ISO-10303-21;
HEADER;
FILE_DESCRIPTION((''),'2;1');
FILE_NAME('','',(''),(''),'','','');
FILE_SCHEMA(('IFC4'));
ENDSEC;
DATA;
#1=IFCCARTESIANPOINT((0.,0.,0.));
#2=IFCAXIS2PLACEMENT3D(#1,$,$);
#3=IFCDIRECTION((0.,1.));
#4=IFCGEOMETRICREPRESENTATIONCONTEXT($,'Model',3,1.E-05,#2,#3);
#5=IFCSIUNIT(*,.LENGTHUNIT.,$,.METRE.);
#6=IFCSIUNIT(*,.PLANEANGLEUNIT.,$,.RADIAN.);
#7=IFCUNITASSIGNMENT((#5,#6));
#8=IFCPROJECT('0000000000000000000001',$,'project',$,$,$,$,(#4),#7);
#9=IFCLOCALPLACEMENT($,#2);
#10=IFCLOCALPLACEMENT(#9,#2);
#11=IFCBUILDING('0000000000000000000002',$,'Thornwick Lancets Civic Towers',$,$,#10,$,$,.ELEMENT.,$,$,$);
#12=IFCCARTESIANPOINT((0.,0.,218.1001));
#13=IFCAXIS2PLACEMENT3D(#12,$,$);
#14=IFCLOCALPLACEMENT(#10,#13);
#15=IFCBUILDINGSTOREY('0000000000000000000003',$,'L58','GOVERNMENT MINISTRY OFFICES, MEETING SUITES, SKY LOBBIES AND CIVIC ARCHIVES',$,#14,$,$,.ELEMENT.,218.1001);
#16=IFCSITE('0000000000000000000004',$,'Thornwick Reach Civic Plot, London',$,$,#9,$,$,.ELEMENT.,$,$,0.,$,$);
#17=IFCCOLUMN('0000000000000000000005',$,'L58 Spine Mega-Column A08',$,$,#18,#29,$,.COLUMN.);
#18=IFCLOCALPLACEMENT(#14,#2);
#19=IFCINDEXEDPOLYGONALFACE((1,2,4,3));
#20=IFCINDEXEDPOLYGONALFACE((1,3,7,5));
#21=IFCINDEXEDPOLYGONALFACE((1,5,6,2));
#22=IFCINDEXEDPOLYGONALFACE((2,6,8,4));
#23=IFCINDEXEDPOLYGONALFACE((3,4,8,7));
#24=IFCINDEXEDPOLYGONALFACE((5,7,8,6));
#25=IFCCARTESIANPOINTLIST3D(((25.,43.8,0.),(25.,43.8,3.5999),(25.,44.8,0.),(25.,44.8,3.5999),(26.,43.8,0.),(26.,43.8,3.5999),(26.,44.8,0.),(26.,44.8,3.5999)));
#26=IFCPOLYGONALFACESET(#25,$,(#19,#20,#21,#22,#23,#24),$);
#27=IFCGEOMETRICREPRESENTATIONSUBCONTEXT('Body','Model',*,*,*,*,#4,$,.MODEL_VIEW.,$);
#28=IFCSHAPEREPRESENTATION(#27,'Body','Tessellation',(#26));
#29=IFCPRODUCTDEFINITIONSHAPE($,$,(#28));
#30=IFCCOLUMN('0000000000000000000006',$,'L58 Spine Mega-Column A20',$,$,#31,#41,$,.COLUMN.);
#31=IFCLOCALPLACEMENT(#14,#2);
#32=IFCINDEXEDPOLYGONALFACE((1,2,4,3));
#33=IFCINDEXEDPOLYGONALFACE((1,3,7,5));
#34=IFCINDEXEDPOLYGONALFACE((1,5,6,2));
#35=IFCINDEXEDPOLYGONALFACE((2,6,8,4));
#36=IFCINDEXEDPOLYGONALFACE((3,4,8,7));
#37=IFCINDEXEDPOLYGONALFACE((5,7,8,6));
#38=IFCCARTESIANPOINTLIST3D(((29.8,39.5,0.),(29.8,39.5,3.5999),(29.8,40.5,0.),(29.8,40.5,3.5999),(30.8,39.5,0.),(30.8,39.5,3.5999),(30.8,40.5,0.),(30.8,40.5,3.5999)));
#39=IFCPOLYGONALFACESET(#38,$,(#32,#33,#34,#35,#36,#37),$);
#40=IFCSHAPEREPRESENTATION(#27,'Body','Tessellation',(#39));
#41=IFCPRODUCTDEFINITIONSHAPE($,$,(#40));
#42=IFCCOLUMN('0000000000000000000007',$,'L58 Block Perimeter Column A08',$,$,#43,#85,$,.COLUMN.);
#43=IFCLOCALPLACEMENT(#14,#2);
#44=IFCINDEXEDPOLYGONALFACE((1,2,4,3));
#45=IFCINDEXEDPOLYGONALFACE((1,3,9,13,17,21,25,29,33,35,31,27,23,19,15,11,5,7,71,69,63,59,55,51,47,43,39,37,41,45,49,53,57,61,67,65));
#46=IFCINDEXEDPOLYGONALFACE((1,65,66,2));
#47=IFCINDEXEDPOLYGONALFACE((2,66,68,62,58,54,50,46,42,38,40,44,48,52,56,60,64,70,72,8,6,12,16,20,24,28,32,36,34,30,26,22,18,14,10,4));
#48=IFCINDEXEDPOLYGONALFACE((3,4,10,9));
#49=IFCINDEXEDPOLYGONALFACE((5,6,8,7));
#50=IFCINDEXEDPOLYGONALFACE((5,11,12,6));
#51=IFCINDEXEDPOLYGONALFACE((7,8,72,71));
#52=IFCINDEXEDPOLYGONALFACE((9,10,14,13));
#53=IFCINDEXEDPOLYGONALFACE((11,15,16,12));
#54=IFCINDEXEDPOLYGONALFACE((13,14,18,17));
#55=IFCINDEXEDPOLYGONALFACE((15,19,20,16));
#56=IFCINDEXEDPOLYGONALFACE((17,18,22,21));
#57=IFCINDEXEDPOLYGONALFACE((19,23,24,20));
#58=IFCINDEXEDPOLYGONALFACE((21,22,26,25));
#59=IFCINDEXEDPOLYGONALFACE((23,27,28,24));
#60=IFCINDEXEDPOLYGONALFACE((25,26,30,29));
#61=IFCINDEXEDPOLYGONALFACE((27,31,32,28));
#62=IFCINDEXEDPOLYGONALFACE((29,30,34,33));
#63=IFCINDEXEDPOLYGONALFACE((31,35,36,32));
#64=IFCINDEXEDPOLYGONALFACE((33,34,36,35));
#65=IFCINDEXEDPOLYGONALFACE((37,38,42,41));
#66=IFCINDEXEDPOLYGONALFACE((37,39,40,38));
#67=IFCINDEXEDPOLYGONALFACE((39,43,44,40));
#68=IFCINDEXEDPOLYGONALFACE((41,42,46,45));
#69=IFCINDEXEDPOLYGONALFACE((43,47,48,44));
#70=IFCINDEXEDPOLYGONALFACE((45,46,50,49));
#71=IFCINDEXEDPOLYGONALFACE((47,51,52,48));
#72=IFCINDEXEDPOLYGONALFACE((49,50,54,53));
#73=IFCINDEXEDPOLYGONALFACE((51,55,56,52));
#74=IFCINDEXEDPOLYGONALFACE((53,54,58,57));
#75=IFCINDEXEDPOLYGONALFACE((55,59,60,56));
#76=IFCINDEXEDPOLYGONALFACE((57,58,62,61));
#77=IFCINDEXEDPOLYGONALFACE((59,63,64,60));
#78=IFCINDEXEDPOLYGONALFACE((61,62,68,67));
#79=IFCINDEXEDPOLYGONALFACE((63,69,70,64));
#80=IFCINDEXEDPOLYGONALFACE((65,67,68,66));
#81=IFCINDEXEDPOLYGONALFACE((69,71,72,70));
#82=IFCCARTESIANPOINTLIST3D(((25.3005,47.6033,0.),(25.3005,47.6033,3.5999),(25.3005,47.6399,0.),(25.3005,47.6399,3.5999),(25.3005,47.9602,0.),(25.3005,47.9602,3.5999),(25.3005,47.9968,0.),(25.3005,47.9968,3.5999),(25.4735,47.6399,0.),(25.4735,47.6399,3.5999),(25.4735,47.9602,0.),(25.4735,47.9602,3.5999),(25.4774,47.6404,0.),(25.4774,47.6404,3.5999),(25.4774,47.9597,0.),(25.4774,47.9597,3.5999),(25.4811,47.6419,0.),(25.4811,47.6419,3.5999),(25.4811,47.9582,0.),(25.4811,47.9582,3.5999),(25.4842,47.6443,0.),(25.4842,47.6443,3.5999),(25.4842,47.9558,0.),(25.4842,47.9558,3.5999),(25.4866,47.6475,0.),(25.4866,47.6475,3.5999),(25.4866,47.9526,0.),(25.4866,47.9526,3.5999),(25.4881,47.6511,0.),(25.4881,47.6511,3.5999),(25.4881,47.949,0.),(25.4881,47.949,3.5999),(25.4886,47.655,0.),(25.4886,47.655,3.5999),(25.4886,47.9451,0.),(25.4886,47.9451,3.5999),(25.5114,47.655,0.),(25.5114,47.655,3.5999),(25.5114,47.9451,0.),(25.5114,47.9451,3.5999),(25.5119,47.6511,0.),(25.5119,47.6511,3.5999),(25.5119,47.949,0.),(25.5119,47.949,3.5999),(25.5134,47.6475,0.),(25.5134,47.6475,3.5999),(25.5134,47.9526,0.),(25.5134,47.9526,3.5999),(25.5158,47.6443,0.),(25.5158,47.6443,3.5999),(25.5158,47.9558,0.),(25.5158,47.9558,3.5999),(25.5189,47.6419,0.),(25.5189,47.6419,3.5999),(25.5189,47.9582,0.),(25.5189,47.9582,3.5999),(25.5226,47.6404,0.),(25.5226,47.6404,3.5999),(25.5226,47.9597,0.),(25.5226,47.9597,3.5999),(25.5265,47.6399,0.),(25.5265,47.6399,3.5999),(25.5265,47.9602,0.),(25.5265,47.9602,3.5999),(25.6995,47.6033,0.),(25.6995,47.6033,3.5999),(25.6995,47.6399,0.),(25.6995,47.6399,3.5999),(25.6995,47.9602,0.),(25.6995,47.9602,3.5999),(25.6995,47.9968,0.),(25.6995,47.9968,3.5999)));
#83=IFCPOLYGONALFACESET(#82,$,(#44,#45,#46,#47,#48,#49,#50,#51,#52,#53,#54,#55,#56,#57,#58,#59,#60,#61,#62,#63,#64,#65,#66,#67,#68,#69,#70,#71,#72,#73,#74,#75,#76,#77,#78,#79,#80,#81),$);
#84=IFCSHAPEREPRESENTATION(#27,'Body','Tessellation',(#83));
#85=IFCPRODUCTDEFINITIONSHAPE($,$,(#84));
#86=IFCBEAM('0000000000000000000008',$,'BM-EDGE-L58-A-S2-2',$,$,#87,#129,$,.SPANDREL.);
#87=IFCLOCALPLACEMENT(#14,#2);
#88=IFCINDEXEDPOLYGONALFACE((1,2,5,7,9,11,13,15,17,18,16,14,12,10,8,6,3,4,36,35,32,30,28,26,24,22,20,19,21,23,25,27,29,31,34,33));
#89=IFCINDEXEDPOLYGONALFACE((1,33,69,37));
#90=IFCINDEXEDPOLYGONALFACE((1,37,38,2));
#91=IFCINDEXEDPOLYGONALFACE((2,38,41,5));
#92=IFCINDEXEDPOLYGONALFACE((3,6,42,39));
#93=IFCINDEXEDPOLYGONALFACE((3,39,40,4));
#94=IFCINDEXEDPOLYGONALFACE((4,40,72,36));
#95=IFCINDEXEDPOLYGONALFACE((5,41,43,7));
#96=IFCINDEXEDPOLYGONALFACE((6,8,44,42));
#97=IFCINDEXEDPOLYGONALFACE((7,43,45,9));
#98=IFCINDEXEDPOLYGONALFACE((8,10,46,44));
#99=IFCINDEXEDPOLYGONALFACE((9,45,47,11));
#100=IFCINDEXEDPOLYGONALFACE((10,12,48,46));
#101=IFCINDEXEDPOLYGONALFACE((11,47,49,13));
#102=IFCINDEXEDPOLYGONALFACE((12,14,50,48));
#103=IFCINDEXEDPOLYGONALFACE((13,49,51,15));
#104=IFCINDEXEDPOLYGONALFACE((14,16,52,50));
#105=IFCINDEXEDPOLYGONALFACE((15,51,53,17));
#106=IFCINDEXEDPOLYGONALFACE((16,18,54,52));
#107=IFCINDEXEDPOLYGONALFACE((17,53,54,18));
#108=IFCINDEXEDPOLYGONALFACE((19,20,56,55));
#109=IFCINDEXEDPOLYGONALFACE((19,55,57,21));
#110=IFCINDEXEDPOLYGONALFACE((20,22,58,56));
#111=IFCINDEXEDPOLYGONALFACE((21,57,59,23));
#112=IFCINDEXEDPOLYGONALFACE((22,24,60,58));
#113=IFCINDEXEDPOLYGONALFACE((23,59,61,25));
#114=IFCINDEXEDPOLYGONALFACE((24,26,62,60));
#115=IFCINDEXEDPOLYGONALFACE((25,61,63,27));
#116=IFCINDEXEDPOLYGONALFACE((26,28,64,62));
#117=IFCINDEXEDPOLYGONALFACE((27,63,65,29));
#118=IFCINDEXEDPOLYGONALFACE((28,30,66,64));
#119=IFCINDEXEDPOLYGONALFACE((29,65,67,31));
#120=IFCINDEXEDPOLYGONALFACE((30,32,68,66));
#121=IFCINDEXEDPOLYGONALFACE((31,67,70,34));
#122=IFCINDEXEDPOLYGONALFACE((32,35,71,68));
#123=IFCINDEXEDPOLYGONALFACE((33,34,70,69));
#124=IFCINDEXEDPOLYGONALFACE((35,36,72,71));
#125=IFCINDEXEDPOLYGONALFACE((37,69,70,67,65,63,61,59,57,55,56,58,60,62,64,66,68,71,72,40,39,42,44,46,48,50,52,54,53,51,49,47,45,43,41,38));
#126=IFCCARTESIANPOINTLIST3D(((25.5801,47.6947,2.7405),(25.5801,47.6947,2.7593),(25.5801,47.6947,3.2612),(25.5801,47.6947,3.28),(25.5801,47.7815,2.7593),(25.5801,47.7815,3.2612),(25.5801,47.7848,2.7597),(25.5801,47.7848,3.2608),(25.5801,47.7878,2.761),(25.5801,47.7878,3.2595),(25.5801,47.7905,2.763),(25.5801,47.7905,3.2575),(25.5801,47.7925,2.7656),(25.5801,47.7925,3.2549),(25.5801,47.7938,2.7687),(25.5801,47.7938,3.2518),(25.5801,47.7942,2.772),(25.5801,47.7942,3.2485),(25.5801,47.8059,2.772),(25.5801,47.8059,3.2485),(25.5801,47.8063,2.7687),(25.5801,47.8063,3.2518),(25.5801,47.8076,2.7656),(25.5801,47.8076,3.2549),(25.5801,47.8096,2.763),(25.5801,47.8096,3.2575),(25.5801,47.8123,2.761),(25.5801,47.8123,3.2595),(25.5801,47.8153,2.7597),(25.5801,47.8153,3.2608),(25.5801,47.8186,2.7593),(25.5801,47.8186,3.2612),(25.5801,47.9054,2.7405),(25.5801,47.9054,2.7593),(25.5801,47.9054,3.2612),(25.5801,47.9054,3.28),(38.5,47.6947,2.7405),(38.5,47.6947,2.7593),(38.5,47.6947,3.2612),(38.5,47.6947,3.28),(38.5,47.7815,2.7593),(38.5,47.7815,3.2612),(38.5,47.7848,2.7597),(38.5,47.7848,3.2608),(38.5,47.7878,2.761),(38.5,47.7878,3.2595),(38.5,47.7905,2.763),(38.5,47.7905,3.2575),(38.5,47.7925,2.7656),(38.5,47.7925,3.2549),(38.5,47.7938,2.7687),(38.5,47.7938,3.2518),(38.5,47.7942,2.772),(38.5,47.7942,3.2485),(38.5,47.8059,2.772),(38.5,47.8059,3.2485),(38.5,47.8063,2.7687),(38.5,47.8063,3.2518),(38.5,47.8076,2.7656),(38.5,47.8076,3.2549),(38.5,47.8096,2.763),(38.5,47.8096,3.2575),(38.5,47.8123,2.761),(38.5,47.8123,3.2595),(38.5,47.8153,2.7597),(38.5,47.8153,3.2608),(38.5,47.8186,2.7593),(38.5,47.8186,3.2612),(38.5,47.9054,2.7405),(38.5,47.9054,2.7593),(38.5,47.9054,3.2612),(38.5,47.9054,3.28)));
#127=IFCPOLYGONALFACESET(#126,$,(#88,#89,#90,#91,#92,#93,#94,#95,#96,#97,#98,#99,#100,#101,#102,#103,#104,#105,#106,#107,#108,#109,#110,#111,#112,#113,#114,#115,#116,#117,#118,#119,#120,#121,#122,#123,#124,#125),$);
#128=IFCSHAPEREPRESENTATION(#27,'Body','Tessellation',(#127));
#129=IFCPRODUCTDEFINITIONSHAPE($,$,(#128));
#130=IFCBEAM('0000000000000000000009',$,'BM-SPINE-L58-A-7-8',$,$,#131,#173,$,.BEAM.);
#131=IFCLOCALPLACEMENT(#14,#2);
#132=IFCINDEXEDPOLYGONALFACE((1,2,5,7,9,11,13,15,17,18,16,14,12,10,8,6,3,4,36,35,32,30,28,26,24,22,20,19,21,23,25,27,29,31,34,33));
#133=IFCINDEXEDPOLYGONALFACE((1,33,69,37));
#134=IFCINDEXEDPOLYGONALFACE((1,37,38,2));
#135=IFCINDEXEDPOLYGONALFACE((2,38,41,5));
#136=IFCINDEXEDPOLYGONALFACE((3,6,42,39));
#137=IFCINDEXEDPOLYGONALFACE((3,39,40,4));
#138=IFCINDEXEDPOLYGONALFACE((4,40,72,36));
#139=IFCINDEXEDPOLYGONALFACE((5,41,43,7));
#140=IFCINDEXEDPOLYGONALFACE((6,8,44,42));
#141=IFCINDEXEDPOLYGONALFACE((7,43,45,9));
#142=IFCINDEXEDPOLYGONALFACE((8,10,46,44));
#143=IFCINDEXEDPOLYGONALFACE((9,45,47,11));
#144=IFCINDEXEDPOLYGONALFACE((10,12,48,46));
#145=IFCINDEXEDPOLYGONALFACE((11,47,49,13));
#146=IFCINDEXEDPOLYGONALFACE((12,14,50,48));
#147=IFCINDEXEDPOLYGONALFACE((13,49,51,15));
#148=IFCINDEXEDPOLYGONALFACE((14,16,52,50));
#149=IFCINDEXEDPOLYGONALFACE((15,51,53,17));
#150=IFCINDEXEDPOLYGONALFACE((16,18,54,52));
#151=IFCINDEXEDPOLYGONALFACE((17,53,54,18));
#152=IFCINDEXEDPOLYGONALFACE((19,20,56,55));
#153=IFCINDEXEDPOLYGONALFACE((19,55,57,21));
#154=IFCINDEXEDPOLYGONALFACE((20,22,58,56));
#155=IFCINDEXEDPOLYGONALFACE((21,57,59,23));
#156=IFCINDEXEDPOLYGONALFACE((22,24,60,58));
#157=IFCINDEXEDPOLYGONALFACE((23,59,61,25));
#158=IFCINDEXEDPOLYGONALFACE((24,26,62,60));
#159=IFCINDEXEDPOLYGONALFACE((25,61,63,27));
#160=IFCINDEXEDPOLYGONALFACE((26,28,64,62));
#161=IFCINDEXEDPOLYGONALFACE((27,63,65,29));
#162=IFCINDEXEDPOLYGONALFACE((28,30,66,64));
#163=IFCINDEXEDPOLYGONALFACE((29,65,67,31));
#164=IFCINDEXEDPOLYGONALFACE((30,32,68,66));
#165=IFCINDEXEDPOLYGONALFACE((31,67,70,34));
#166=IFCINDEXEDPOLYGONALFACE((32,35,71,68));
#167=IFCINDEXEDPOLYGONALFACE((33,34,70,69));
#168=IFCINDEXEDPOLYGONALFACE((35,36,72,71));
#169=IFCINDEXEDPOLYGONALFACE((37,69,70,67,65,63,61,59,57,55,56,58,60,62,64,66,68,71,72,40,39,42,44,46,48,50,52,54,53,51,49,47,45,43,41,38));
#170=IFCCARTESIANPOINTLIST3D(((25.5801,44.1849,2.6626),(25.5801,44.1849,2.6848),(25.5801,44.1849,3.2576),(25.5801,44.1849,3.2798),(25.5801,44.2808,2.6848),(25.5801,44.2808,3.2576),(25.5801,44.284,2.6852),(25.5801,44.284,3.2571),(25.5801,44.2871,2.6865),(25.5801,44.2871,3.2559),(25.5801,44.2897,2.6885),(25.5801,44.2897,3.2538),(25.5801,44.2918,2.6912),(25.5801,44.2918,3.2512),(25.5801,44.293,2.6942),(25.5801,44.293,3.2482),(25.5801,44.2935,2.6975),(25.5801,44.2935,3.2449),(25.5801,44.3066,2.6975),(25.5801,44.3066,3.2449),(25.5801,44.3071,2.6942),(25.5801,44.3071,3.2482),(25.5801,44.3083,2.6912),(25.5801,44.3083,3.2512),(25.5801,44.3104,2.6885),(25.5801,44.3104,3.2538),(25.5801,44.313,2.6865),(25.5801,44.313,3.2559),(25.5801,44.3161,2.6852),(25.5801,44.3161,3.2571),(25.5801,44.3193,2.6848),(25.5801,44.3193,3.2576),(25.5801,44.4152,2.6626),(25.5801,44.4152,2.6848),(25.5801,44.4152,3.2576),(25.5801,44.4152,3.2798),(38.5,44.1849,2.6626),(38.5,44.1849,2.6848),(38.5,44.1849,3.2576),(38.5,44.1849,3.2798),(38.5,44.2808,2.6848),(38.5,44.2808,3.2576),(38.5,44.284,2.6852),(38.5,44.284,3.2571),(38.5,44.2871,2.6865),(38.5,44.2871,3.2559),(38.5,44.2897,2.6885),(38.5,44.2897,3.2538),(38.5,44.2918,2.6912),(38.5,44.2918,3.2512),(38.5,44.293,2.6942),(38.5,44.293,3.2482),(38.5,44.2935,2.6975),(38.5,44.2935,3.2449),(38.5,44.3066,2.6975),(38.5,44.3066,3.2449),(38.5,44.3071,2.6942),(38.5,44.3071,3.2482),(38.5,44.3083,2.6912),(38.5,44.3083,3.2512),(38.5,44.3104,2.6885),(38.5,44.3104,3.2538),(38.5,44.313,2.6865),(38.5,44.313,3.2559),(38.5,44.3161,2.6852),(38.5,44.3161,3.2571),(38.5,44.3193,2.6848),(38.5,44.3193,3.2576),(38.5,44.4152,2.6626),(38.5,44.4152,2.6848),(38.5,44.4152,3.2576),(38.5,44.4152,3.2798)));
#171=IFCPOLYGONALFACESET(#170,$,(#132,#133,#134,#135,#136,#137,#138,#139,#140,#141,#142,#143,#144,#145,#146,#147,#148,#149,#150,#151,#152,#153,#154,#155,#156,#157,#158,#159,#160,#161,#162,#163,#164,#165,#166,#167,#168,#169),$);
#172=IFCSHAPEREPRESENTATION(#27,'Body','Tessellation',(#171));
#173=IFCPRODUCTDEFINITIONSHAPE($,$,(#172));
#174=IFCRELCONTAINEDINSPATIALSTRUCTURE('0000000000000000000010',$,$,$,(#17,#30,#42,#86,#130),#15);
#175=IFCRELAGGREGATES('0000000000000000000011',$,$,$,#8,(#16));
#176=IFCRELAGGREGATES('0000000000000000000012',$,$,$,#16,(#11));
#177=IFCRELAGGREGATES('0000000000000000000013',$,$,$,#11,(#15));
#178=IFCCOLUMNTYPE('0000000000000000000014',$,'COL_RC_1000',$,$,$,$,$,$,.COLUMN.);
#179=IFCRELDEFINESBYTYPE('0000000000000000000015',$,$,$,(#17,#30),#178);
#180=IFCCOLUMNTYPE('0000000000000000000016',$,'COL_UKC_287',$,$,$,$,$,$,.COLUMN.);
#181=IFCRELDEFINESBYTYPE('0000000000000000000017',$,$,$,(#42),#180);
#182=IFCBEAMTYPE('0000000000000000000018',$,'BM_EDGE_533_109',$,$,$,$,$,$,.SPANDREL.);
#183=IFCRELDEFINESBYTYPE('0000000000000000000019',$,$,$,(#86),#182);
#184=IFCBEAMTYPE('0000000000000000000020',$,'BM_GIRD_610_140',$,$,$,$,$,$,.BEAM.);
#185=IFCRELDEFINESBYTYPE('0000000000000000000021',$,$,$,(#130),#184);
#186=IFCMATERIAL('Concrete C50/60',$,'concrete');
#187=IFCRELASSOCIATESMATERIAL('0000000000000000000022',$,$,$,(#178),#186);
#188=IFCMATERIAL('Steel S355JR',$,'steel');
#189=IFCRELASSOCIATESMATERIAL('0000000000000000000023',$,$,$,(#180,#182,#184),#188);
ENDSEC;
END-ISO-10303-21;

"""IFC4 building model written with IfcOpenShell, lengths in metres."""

from ifc_helpers import new_model, si_unit, direction, frame, origin, origin_2d, place, context, subcontext, project, spatial, rectangle, i_section, extrude, material, material_profile, profile_set, type_object, element, save


model = new_model("IFC4")

# Units and contexts
model_context = context("Model", 3, precision=1e-05, world=origin(), true_north=direction((0.0, 1.0)))
body_context = subcontext(model_context, "Body", "Model", "MODEL_VIEW")
ifc_project = project(units=[si_unit("LENGTHUNIT", "METRE"), si_unit("PLANEANGLEUNIT", "RADIAN")], contexts=[model_context])

# Site, building, storey
site_placement = place(None, origin())
site = spatial("IfcSite", under=ifc_project, at=site_placement, Name="Thornwick Reach Civic Plot, London", CompositionType="ELEMENT", RefElevation=0.0)
building_placement = place(site_placement, origin())
building = spatial("IfcBuilding", under=site, at=building_placement, Name="Thornwick Lancets Civic Towers", CompositionType="ELEMENT")
storey_placement = place(building_placement, frame((0.0, 0.0, 218.1001)))
storey = spatial("IfcBuildingStorey", under=building, at=storey_placement, Name="L58", Description="GOVERNMENT MINISTRY OFFICES, MEETING SUITES, SKY LOBBIES AND CIVIC ARCHIVES", CompositionType="ELEMENT", Elevation=218.1001)

# Columns
ifc_material_1 = material(Name="Concrete C50/60", Category="concrete")
ifc_material_profile_1 = material_profile(ifc_material_1, rectangle(XDim=1.0, YDim=1.0, at=origin_2d()), Name="RC 1000x1000")
ifc_profile_set_1 = profile_set([ifc_material_profile_1], Name="Concrete C50/60")
column_type_1 = type_object("IfcColumnType", Name="COL_RC_1000", PredefinedType="COLUMN", material=ifc_profile_set_1)
for number, where, z_axis, x_axis, name in (
    (1, (25.5, 44.3, 0.0), (0.0, 0.0, 1.0), (1.0, 0.0, 0.0), "L58 Spine Mega-Column A08"),
    (2, (30.3, 40.0, 0.0), (0.0, 0.0, 1.0), (1.0, 0.0, 0.0), "L58 Spine Mega-Column A20"),
):
    element("IfcColumn", number, at=place(storey_placement, frame(where, z_axis=z_axis, x_axis=x_axis)), inside=storey, type_object=column_type_1, Name=name, PredefinedType="COLUMN", context=body_context, shape_type="SweptSolid", body=[
        extrude(rectangle(XDim=1.0, YDim=1.0, at=origin_2d()), origin(), (0.0, 0.0, 1.0), 3.5999),
    ])
ifc_material_2 = material(Name="Steel S355JR", Category="steel")
ifc_material_profile_2 = material_profile(ifc_material_2, i_section(OverallWidth=0.3989, OverallDepth=0.3936, WebThickness=0.0227, FlangeThickness=0.0366, FilletRadius=0.0151, at=origin_2d()), Name="UKC 356x406x287")
ifc_profile_set_2 = profile_set([ifc_material_profile_2], Name="Steel S355JR")
column_type_2 = type_object("IfcColumnType", Name="COL_UKC_287", PredefinedType="COLUMN", material=ifc_profile_set_2)
column_placement = place(storey_placement, frame((25.5, 47.8, 0.0), z_axis=(0.0, 0.0, 1.0), x_axis=(1.0, 0.0, 0.0)))
element("IfcColumn", 3, at=column_placement, inside=storey, type_object=column_type_2, Name="L58 Block Perimeter Column A08", PredefinedType="COLUMN", context=body_context, shape_type="SweptSolid", body=[
    extrude(i_section(OverallWidth=0.3989, OverallDepth=0.3936, WebThickness=0.0227, FlangeThickness=0.0366, FilletRadius=0.0151, at=origin_2d()), origin(), (0.0, 0.0, 1.0), 3.5999),
])

# Beams
ifc_material_profile_3 = material_profile(ifc_material_2, i_section(OverallWidth=0.2107, OverallDepth=0.5396, WebThickness=0.0117, FlangeThickness=0.0188, FilletRadius=0.0127, at=origin_2d()), Name="UKB 533x210x109")
ifc_profile_set_3 = profile_set([ifc_material_profile_3], Name="Steel S355JR")
beam_type_1 = type_object("IfcBeamType", Name="BM_EDGE_533_109", PredefinedType="SPANDREL", material=ifc_profile_set_3)
beam_1_placement = place(storey_placement, frame((25.5801, 47.8, 3.0103), z_axis=(1.0, 0.0, 0.0), x_axis=(0.0, 1.0, 0.0)))
element("IfcBeam", 4, at=beam_1_placement, inside=storey, type_object=beam_type_1, Name="BM-EDGE-L58-A-S2-2", PredefinedType="SPANDREL", context=body_context, shape_type="SweptSolid", body=[
    extrude(i_section(OverallWidth=0.2107, OverallDepth=0.5396, WebThickness=0.0117, FlangeThickness=0.0188, FilletRadius=0.0127, at=origin_2d()), origin(), (0.0, 0.0, 1.0), 12.9199),
])
ifc_material_profile_4 = material_profile(ifc_material_2, i_section(OverallWidth=0.2302, OverallDepth=0.6172, WebThickness=0.0132, FlangeThickness=0.0222, FilletRadius=0.0127, at=origin_2d()), Name="UKB 610x229x140")
ifc_profile_set_4 = profile_set([ifc_material_profile_4], Name="Steel S355JR")
beam_type_2 = type_object("IfcBeamType", Name="BM_GIRD_610_140", PredefinedType="BEAM", material=ifc_profile_set_4)
beam_2_placement = place(storey_placement, frame((25.5801, 44.3, 2.9712), z_axis=(1.0, 0.0, 0.0), x_axis=(0.0, 1.0, 0.0)))
element("IfcBeam", 5, at=beam_2_placement, inside=storey, type_object=beam_type_2, Name="BM-SPINE-L58-A-7-8", PredefinedType="BEAM", context=body_context, shape_type="SweptSolid", body=[
    extrude(i_section(OverallWidth=0.2302, OverallDepth=0.6172, WebThickness=0.0132, FlangeThickness=0.0222, FilletRadius=0.0127, at=origin_2d()), origin(), (0.0, 0.0, 1.0), 12.9199),
])

save(model, "model.ifc")
